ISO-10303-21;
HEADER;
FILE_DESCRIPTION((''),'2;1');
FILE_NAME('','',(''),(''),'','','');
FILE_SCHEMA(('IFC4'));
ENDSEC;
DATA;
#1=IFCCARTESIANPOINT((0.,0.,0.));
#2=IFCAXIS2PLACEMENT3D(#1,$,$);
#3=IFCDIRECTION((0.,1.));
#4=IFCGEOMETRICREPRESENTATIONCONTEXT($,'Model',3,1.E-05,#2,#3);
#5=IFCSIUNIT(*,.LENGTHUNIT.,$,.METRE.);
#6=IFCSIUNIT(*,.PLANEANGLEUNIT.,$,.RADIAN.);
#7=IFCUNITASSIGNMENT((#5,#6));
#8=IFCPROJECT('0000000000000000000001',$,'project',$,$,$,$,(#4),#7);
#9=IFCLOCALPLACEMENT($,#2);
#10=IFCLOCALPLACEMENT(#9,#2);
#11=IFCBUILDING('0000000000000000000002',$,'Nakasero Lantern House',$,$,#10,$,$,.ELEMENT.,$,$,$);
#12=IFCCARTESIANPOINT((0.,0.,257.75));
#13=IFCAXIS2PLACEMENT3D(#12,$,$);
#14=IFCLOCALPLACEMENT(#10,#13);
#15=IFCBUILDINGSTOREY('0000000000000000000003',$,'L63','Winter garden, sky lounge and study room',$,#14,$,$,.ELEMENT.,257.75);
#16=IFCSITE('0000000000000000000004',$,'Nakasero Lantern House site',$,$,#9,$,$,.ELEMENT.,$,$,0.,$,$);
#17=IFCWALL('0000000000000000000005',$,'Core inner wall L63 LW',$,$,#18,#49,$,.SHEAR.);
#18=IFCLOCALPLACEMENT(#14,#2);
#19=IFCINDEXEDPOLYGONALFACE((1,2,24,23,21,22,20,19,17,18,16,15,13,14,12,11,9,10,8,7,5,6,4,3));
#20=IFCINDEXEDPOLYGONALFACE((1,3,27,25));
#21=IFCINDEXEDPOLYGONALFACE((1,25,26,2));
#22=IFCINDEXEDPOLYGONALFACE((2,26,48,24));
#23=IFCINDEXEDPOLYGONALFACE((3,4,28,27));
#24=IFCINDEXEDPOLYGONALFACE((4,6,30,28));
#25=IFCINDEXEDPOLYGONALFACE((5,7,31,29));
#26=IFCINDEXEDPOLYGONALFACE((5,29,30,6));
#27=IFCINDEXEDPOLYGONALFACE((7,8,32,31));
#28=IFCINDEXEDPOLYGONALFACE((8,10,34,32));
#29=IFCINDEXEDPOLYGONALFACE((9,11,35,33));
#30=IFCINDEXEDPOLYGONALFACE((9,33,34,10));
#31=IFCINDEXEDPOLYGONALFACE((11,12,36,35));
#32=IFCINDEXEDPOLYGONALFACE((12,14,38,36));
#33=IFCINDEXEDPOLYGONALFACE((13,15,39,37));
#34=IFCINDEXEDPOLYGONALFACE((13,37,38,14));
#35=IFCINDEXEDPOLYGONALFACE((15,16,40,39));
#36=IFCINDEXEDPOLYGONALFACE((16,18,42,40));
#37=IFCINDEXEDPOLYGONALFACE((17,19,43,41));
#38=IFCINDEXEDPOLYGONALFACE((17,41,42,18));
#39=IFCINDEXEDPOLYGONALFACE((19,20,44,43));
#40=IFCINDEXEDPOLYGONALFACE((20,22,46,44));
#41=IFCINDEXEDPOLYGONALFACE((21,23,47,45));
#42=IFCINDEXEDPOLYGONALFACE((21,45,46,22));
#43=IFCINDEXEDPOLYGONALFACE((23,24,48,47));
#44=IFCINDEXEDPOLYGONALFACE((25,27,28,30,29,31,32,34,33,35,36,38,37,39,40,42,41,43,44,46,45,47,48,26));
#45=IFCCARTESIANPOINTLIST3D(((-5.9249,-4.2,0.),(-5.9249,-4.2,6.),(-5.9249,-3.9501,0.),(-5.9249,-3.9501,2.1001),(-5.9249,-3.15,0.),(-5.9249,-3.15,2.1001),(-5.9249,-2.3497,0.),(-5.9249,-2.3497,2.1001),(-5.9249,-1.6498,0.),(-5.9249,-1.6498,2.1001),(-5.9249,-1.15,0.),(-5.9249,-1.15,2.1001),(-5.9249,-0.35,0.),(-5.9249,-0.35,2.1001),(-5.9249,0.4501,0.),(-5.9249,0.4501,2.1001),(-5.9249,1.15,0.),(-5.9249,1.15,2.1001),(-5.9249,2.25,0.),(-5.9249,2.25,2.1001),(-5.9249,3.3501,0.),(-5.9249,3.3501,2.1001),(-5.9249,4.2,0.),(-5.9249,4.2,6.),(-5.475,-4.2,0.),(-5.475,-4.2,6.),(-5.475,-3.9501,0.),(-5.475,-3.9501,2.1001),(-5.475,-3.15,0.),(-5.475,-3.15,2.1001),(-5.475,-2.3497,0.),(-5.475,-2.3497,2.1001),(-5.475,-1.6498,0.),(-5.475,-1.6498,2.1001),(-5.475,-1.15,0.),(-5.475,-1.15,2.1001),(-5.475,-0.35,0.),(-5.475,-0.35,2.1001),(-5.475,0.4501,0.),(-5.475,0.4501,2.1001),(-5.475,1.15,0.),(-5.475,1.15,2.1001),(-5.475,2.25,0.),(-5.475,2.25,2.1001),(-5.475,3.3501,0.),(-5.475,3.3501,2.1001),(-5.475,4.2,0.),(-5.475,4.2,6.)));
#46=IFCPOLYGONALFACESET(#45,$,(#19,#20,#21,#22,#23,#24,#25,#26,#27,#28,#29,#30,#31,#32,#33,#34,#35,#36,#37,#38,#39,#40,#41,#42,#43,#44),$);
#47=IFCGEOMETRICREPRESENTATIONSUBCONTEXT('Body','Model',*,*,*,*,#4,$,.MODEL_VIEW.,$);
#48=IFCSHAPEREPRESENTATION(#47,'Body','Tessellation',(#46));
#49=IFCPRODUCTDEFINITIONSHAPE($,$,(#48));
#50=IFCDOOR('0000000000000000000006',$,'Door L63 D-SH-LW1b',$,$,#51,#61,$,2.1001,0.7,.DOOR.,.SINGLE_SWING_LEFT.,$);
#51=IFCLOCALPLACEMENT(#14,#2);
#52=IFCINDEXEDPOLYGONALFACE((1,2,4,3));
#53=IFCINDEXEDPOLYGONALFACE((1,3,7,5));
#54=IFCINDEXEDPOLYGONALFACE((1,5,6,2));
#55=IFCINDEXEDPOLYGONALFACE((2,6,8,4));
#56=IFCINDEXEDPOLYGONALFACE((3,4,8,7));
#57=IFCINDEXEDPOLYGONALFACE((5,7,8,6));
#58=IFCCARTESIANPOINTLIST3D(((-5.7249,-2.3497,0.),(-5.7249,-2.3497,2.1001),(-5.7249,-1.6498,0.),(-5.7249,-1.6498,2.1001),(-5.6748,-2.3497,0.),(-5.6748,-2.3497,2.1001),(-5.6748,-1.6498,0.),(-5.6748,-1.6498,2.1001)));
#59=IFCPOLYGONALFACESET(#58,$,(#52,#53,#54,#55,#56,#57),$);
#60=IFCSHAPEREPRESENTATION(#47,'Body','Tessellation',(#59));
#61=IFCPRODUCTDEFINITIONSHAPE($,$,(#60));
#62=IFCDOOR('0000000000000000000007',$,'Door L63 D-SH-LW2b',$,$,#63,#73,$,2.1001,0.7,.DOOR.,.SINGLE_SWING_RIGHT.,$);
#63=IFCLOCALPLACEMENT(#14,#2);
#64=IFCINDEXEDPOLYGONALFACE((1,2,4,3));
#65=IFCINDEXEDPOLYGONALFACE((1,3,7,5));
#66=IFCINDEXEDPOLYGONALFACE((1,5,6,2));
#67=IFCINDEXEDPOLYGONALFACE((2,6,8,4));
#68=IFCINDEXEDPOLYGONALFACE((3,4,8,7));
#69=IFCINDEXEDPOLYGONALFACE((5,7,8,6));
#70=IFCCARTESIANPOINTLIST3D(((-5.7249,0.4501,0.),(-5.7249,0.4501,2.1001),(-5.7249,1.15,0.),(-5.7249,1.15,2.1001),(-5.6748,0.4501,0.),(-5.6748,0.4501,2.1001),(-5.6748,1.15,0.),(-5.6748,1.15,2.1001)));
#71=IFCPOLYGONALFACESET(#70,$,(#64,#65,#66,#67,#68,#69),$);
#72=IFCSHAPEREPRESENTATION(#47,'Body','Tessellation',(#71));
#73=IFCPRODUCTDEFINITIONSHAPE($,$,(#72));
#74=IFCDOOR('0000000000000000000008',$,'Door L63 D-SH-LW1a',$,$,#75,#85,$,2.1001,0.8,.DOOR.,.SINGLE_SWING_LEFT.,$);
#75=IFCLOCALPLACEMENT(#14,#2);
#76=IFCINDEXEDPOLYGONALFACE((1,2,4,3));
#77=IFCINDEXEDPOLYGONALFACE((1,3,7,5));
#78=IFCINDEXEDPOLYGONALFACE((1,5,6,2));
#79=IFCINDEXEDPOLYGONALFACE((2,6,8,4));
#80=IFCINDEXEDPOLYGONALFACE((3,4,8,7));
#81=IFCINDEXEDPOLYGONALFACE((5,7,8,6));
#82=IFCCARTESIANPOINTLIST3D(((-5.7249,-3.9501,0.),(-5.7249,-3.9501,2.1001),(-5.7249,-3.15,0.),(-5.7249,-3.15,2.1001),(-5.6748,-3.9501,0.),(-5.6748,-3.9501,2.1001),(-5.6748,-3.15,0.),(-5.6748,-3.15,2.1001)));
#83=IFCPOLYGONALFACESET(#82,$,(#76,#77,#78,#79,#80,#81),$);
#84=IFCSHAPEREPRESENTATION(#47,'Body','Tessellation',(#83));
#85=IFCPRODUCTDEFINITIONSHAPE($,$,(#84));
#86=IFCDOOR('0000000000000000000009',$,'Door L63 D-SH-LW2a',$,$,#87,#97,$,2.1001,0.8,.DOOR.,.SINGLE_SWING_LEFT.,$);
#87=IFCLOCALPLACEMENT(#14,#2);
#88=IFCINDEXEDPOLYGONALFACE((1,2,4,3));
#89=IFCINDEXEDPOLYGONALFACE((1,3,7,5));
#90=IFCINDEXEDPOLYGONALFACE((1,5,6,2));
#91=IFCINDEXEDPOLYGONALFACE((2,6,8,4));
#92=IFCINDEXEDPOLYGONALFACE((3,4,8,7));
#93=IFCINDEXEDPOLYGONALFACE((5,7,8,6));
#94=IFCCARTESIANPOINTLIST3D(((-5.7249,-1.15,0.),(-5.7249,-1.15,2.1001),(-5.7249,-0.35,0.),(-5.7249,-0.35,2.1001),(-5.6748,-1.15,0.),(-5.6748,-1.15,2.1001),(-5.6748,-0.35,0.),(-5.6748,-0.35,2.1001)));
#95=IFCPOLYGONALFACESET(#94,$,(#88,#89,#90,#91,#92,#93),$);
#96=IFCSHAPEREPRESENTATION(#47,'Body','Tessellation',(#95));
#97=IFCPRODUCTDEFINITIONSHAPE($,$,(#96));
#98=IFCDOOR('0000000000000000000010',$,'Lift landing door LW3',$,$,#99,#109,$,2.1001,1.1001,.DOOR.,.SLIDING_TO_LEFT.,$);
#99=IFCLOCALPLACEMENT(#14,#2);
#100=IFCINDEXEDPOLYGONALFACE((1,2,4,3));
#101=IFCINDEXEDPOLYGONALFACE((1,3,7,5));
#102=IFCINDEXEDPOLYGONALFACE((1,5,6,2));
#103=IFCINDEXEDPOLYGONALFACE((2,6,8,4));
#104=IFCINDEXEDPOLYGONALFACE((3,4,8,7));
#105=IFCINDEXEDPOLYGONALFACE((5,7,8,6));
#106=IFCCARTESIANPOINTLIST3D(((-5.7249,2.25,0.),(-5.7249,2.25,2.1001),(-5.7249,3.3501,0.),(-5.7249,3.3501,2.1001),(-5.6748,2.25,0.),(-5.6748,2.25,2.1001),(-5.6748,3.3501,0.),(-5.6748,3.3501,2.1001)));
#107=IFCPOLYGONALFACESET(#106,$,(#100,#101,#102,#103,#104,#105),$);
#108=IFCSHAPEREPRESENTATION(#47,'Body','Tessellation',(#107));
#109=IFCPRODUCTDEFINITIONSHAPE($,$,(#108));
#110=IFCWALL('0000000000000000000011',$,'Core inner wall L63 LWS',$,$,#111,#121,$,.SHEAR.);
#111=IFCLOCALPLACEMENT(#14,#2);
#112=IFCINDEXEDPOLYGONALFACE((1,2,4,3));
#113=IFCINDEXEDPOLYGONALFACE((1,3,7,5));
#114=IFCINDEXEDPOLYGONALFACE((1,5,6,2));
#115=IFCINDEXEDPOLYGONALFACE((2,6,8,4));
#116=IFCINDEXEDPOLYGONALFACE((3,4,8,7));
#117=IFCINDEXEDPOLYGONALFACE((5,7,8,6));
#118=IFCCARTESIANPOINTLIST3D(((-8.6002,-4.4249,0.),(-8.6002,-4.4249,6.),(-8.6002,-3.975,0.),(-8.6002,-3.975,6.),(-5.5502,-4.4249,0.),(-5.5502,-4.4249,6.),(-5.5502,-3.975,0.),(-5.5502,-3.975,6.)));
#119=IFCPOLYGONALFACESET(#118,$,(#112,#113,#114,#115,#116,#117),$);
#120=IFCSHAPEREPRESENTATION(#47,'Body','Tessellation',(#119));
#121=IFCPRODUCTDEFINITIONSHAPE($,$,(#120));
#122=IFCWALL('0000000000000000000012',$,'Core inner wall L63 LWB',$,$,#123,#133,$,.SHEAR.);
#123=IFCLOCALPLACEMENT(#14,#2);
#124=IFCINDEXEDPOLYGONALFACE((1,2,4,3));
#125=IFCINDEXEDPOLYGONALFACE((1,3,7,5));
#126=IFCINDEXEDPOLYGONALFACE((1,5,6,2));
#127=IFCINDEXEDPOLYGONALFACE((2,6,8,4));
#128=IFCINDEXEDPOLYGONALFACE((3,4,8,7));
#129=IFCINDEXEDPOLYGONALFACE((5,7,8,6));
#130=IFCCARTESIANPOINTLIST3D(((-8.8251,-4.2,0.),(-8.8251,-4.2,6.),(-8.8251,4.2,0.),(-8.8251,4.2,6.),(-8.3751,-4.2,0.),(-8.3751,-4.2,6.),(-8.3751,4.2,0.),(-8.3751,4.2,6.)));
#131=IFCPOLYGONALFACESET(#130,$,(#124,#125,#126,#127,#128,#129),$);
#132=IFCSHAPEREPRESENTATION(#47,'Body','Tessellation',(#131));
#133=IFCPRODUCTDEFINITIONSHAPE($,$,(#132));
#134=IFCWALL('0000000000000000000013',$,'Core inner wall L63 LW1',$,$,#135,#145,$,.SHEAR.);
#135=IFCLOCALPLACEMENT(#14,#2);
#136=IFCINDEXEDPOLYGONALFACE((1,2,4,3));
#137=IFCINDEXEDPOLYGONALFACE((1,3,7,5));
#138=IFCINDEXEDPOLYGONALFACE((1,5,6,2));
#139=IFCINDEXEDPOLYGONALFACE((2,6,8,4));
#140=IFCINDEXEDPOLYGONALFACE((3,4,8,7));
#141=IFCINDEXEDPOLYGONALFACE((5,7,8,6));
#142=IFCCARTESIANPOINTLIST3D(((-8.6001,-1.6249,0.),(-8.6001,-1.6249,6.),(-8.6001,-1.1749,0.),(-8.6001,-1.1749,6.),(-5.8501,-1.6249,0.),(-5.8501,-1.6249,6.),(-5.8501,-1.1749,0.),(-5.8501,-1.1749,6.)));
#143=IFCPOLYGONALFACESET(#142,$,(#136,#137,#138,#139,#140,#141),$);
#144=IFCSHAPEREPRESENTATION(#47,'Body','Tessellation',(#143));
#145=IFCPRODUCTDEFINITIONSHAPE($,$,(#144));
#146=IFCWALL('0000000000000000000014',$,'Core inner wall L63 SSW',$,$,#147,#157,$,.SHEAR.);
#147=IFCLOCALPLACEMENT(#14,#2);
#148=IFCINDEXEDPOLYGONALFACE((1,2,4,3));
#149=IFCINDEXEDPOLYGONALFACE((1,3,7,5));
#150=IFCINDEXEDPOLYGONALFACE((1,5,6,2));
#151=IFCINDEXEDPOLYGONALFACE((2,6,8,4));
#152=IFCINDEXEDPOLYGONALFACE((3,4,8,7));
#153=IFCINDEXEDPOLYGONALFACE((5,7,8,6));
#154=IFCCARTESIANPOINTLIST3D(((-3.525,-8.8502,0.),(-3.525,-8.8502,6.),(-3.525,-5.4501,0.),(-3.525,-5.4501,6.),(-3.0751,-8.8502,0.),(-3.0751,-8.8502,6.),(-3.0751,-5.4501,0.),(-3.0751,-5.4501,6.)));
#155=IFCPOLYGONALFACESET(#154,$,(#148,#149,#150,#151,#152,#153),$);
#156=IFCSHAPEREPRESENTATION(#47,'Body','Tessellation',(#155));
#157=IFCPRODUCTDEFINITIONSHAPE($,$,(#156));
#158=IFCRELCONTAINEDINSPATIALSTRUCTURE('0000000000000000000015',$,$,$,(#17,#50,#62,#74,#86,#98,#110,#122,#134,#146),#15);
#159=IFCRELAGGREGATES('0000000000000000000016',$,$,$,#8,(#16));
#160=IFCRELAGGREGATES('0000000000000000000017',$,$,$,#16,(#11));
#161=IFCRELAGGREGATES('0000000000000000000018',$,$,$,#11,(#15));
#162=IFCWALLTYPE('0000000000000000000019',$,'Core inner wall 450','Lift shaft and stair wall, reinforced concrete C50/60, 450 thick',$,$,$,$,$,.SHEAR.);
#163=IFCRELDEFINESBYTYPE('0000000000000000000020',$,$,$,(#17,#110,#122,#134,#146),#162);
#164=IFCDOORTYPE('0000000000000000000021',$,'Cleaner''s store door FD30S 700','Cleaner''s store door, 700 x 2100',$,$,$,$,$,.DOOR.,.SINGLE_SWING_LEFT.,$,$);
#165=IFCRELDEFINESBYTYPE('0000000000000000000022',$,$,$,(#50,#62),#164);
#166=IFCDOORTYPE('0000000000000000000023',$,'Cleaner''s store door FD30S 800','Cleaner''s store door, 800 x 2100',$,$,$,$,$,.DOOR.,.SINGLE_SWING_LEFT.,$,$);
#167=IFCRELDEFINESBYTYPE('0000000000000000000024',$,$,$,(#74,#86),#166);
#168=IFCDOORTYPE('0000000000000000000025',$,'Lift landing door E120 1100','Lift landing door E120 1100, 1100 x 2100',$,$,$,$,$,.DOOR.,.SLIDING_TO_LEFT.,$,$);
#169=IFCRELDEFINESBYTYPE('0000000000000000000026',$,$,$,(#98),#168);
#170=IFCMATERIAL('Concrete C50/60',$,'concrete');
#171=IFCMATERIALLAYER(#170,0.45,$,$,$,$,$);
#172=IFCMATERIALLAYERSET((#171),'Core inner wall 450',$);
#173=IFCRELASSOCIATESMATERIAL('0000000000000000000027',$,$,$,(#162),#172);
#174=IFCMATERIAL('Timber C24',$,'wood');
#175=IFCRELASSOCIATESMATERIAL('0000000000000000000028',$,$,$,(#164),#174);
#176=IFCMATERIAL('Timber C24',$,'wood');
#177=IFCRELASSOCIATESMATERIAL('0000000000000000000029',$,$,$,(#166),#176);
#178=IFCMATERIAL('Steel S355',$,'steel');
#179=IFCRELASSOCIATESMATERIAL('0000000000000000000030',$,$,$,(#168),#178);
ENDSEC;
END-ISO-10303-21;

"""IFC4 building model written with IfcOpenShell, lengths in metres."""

from ifc_helpers import new_model, si_unit, direction, frame, frame_2d, origin, place, context, subcontext, project, spatial, rectangle, extrude, material, layer, layer_set, type_object, element, fill, save


model = new_model("IFC4")

# Units and contexts
model_context = context("Model", 3, precision=1e-05, world=origin(), true_north=direction((0.0, 1.0)))
body_context = subcontext(model_context, "Body", "Model", "MODEL_VIEW")
ifc_project = project(units=[si_unit("LENGTHUNIT", "METRE"), si_unit("PLANEANGLEUNIT", "RADIAN")], contexts=[model_context])

# Site, building, storey
site_placement = place(None, origin())
site = spatial("IfcSite", under=ifc_project, at=site_placement, Name="Nakasero Lantern House site", CompositionType="ELEMENT", RefElevation=0.0)
building_placement = place(site_placement, origin())
building = spatial("IfcBuilding", under=site, at=building_placement, Name="Nakasero Lantern House", CompositionType="ELEMENT")
storey_placement = place(building_placement, frame((0.0, 0.0, 257.75)))
storey = spatial("IfcBuildingStorey", under=building, at=storey_placement, Name="L63", Description="Winter garden, sky lounge and study room", CompositionType="ELEMENT", Elevation=257.75)

# Wall, openings, doors
ifc_material_1 = material(Name="Concrete C50/60", Category="concrete")
ifc_layer_1 = layer(ifc_material_1, 0.45)
ifc_layer_set_1 = layer_set([ifc_layer_1], Name="Core inner wall 450")
wall_type_1 = type_object("IfcWallType", Name="Core inner wall 450", Description="Lift shaft and stair wall, reinforced concrete C50/60, 450 thick", PredefinedType="SHEAR", material=ifc_layer_set_1)
wall_1_placement = place(storey_placement, frame((-5.7, -4.2, 0.0), z_axis=(0.0, 0.0, 1.0), x_axis=(0.0, 1.0, 0.0)))
wall_1 = element("IfcWall", 1, at=wall_1_placement, inside=storey, type_object=wall_type_1, Name="Core inner wall L63 LW", PredefinedType="SHEAR", context=body_context, shape_type="SweptSolid", body=[
    extrude(rectangle(XDim=8.3999, YDim=0.45, at=frame_2d((4.2, 0.0))), origin(), (0.0, 0.0, 1.0), 6.0),
])
opening_1_placement = place(wall_1_placement, frame((0.25, 0.0, 0.0)))
opening_1 = element("IfcOpeningElement", 2, at=opening_1_placement, cuts=wall_1, PredefinedType="OPENING", context=body_context, shape_type="SweptSolid", body=[
    extrude(rectangle(XDim=0.8, YDim=2.1001, at=frame_2d((0.3999, 1.05))), frame((0.0, 0.2449, 0.0), z_axis=(0.0, -1.0, 0.0), x_axis=(1.0, 0.0, 0.0)), (0.0, 0.0, 1.0), 0.49),
])
opening_2_placement = place(wall_1_placement, frame((1.8501, 0.0, 0.0)))
opening_2 = element("IfcOpeningElement", 3, at=opening_2_placement, cuts=wall_1, PredefinedType="OPENING", context=body_context, shape_type="SweptSolid", body=[
    extrude(rectangle(XDim=0.7, YDim=2.1001, at=frame_2d((0.3501, 1.05))), frame((0.0, 0.2449, 0.0), z_axis=(0.0, -1.0, 0.0), x_axis=(1.0, 0.0, 0.0)), (0.0, 0.0, 1.0), 0.49),
])
opening_3_placement = place(wall_1_placement, frame((3.05, 0.0, 0.0)))
opening_3 = element("IfcOpeningElement", 4, at=opening_3_placement, cuts=wall_1, PredefinedType="OPENING", context=body_context, shape_type="SweptSolid", body=[
    extrude(rectangle(XDim=0.8, YDim=2.1001, at=frame_2d((0.3999, 1.05))), frame((0.0, 0.2449, 0.0), z_axis=(0.0, -1.0, 0.0), x_axis=(1.0, 0.0, 0.0)), (0.0, 0.0, 1.0), 0.49),
])
opening_4_placement = place(wall_1_placement, frame((4.6499, 0.0, 0.0)))
opening_4 = element("IfcOpeningElement", 5, at=opening_4_placement, cuts=wall_1, PredefinedType="OPENING", context=body_context, shape_type="SweptSolid", body=[
    extrude(rectangle(XDim=0.7, YDim=2.1001, at=frame_2d((0.3501, 1.05))), frame((0.0, 0.2449, 0.0), z_axis=(0.0, -1.0, 0.0), x_axis=(1.0, 0.0, 0.0)), (0.0, 0.0, 1.0), 0.49),
])
opening_5_placement = place(wall_1_placement, frame((6.45, 0.0, 0.0)))
opening_5 = element("IfcOpeningElement", 6, at=opening_5_placement, cuts=wall_1, PredefinedType="OPENING", context=body_context, shape_type="SweptSolid", body=[
    extrude(rectangle(XDim=1.1001, YDim=2.1001, at=frame_2d((0.55, 1.05))), frame((0.0, 0.2449, 0.0), z_axis=(0.0, -1.0, 0.0), x_axis=(1.0, 0.0, 0.0)), (0.0, 0.0, 1.0), 0.49),
])
ifc_material_2 = material(Name="Timber C24", Category="wood")
door_type_1 = type_object("IfcDoorType", Name="Cleaner's store door FD30S 700", Description="Cleaner's store door, 700 x 2100", OperationType="SINGLE_SWING_LEFT", PredefinedType="DOOR", material=ifc_material_2)
door_1_placement = place(opening_2_placement, origin())
door_1 = element("IfcDoor", 7, at=door_1_placement, inside=storey, type_object=door_type_1, Name="Door L63 D-SH-LW1b", OperationType="SINGLE_SWING_LEFT", OverallHeight=2.1001, OverallWidth=0.7, PredefinedType="DOOR", context=body_context, shape_type="SweptSolid", body=[
    extrude(rectangle(XDim=0.7, YDim=2.1001, at=frame_2d((0.3501, 1.05))), frame((0.0, 0.0249, 0.0), z_axis=(0.0, -1.0, 0.0), x_axis=(1.0, 0.0, 0.0)), (0.0, 0.0, 1.0), 0.05),
])
fill(opening_2, door_1)
door_2_placement = place(opening_4_placement, origin())
door_2 = element("IfcDoor", 8, at=door_2_placement, inside=storey, type_object=door_type_1, Name="Door L63 D-SH-LW2b", OperationType="SINGLE_SWING_RIGHT", OverallHeight=2.1001, OverallWidth=0.7, PredefinedType="DOOR", context=body_context, shape_type="SweptSolid", body=[
    extrude(rectangle(XDim=0.7, YDim=2.1001, at=frame_2d((0.3501, 1.05))), frame((0.0, 0.0249, 0.0), z_axis=(0.0, -1.0, 0.0), x_axis=(1.0, 0.0, 0.0)), (0.0, 0.0, 1.0), 0.05),
])
fill(opening_4, door_2)
ifc_material_3 = material(Name="Timber C24", Category="wood")
door_type_2 = type_object("IfcDoorType", Name="Cleaner's store door FD30S 800", Description="Cleaner's store door, 800 x 2100", OperationType="SINGLE_SWING_LEFT", PredefinedType="DOOR", material=ifc_material_3)
door_3_placement = place(opening_1_placement, origin())
door_3 = element("IfcDoor", 9, at=door_3_placement, inside=storey, type_object=door_type_2, Name="Door L63 D-SH-LW1a", OperationType="SINGLE_SWING_LEFT", OverallHeight=2.1001, OverallWidth=0.8, PredefinedType="DOOR", context=body_context, shape_type="SweptSolid", body=[
    extrude(rectangle(XDim=0.8, YDim=2.1001, at=frame_2d((0.3999, 1.05))), frame((0.0, 0.0249, 0.0), z_axis=(0.0, -1.0, 0.0), x_axis=(1.0, 0.0, 0.0)), (0.0, 0.0, 1.0), 0.05),
])
fill(opening_1, door_3)
door_4_placement = place(opening_3_placement, origin())
door_4 = element("IfcDoor", 10, at=door_4_placement, inside=storey, type_object=door_type_2, Name="Door L63 D-SH-LW2a", OperationType="SINGLE_SWING_LEFT", OverallHeight=2.1001, OverallWidth=0.8, PredefinedType="DOOR", context=body_context, shape_type="SweptSolid", body=[
    extrude(rectangle(XDim=0.8, YDim=2.1001, at=frame_2d((0.3999, 1.05))), frame((0.0, 0.0249, 0.0), z_axis=(0.0, -1.0, 0.0), x_axis=(1.0, 0.0, 0.0)), (0.0, 0.0, 1.0), 0.05),
])
fill(opening_3, door_4)
ifc_material_4 = material(Name="Steel S355", Category="steel")
door_type_3 = type_object("IfcDoorType", Name="Lift landing door E120 1100", Description="Lift landing door E120 1100, 1100 x 2100", OperationType="SLIDING_TO_LEFT", PredefinedType="DOOR", material=ifc_material_4)
door_5_placement = place(opening_5_placement, origin())
door_5 = element("IfcDoor", 11, at=door_5_placement, inside=storey, type_object=door_type_3, Name="Lift landing door LW3", OperationType="SLIDING_TO_LEFT", OverallHeight=2.1001, OverallWidth=1.1001, PredefinedType="DOOR", context=body_context, shape_type="SweptSolid", body=[
    extrude(rectangle(XDim=1.1001, YDim=2.1001, at=frame_2d((0.55, 1.05))), frame((0.0, 0.0249, 0.0), z_axis=(0.0, -1.0, 0.0), x_axis=(1.0, 0.0, 0.0)), (0.0, 0.0, 1.0), 0.05),
])
fill(opening_5, door_5)

# Walls
wall_2_placement = place(storey_placement, frame((-8.6001, -4.2, 0.0), z_axis=(0.0, 0.0, 1.0), x_axis=(1.0, 0.0, 0.0)))
element("IfcWall", 12, at=wall_2_placement, inside=storey, type_object=wall_type_1, Name="Core inner wall L63 LWS", PredefinedType="SHEAR", context=body_context, shape_type="SweptSolid", body=[
    extrude(rectangle(XDim=3.05, YDim=0.45, at=frame_2d((1.5249, 0.0))), origin(), (0.0, 0.0, 1.0), 6.0),
])
wall_3_placement = place(storey_placement, frame((-8.6001, -4.2, 0.0), z_axis=(0.0, 0.0, 1.0), x_axis=(0.0, 1.0, 0.0)))
element("IfcWall", 13, at=wall_3_placement, inside=storey, type_object=wall_type_1, Name="Core inner wall L63 LWB", PredefinedType="SHEAR", context=body_context, shape_type="SweptSolid", body=[
    extrude(rectangle(XDim=8.3999, YDim=0.45, at=frame_2d((4.2, 0.0))), origin(), (0.0, 0.0, 1.0), 6.0),
])
wall_4_placement = place(storey_placement, frame((-8.6001, -1.3999, 0.0), z_axis=(0.0, 0.0, 1.0), x_axis=(1.0, 0.0, 0.0)))
element("IfcWall", 14, at=wall_4_placement, inside=storey, type_object=wall_type_1, Name="Core inner wall L63 LW1", PredefinedType="SHEAR", context=body_context, shape_type="SweptSolid", body=[
    extrude(rectangle(XDim=2.75, YDim=0.45, at=frame_2d((1.375, 0.0))), origin(), (0.0, 0.0, 1.0), 6.0),
])
wall_5_placement = place(storey_placement, frame((-3.3, -5.45, 0.0), z_axis=(0.0, 0.0, 1.0), x_axis=(0.0, -1.0, 0.0)))
element("IfcWall", 15, at=wall_5_placement, inside=storey, type_object=wall_type_1, Name="Core inner wall L63 SSW", PredefinedType="SHEAR", context=body_context, shape_type="SweptSolid", body=[
    extrude(rectangle(XDim=3.4001, YDim=0.45, at=frame_2d((1.7002, 0.0))), origin(), (0.0, 0.0, 1.0), 6.0),
])

save(model, "model.ifc")
